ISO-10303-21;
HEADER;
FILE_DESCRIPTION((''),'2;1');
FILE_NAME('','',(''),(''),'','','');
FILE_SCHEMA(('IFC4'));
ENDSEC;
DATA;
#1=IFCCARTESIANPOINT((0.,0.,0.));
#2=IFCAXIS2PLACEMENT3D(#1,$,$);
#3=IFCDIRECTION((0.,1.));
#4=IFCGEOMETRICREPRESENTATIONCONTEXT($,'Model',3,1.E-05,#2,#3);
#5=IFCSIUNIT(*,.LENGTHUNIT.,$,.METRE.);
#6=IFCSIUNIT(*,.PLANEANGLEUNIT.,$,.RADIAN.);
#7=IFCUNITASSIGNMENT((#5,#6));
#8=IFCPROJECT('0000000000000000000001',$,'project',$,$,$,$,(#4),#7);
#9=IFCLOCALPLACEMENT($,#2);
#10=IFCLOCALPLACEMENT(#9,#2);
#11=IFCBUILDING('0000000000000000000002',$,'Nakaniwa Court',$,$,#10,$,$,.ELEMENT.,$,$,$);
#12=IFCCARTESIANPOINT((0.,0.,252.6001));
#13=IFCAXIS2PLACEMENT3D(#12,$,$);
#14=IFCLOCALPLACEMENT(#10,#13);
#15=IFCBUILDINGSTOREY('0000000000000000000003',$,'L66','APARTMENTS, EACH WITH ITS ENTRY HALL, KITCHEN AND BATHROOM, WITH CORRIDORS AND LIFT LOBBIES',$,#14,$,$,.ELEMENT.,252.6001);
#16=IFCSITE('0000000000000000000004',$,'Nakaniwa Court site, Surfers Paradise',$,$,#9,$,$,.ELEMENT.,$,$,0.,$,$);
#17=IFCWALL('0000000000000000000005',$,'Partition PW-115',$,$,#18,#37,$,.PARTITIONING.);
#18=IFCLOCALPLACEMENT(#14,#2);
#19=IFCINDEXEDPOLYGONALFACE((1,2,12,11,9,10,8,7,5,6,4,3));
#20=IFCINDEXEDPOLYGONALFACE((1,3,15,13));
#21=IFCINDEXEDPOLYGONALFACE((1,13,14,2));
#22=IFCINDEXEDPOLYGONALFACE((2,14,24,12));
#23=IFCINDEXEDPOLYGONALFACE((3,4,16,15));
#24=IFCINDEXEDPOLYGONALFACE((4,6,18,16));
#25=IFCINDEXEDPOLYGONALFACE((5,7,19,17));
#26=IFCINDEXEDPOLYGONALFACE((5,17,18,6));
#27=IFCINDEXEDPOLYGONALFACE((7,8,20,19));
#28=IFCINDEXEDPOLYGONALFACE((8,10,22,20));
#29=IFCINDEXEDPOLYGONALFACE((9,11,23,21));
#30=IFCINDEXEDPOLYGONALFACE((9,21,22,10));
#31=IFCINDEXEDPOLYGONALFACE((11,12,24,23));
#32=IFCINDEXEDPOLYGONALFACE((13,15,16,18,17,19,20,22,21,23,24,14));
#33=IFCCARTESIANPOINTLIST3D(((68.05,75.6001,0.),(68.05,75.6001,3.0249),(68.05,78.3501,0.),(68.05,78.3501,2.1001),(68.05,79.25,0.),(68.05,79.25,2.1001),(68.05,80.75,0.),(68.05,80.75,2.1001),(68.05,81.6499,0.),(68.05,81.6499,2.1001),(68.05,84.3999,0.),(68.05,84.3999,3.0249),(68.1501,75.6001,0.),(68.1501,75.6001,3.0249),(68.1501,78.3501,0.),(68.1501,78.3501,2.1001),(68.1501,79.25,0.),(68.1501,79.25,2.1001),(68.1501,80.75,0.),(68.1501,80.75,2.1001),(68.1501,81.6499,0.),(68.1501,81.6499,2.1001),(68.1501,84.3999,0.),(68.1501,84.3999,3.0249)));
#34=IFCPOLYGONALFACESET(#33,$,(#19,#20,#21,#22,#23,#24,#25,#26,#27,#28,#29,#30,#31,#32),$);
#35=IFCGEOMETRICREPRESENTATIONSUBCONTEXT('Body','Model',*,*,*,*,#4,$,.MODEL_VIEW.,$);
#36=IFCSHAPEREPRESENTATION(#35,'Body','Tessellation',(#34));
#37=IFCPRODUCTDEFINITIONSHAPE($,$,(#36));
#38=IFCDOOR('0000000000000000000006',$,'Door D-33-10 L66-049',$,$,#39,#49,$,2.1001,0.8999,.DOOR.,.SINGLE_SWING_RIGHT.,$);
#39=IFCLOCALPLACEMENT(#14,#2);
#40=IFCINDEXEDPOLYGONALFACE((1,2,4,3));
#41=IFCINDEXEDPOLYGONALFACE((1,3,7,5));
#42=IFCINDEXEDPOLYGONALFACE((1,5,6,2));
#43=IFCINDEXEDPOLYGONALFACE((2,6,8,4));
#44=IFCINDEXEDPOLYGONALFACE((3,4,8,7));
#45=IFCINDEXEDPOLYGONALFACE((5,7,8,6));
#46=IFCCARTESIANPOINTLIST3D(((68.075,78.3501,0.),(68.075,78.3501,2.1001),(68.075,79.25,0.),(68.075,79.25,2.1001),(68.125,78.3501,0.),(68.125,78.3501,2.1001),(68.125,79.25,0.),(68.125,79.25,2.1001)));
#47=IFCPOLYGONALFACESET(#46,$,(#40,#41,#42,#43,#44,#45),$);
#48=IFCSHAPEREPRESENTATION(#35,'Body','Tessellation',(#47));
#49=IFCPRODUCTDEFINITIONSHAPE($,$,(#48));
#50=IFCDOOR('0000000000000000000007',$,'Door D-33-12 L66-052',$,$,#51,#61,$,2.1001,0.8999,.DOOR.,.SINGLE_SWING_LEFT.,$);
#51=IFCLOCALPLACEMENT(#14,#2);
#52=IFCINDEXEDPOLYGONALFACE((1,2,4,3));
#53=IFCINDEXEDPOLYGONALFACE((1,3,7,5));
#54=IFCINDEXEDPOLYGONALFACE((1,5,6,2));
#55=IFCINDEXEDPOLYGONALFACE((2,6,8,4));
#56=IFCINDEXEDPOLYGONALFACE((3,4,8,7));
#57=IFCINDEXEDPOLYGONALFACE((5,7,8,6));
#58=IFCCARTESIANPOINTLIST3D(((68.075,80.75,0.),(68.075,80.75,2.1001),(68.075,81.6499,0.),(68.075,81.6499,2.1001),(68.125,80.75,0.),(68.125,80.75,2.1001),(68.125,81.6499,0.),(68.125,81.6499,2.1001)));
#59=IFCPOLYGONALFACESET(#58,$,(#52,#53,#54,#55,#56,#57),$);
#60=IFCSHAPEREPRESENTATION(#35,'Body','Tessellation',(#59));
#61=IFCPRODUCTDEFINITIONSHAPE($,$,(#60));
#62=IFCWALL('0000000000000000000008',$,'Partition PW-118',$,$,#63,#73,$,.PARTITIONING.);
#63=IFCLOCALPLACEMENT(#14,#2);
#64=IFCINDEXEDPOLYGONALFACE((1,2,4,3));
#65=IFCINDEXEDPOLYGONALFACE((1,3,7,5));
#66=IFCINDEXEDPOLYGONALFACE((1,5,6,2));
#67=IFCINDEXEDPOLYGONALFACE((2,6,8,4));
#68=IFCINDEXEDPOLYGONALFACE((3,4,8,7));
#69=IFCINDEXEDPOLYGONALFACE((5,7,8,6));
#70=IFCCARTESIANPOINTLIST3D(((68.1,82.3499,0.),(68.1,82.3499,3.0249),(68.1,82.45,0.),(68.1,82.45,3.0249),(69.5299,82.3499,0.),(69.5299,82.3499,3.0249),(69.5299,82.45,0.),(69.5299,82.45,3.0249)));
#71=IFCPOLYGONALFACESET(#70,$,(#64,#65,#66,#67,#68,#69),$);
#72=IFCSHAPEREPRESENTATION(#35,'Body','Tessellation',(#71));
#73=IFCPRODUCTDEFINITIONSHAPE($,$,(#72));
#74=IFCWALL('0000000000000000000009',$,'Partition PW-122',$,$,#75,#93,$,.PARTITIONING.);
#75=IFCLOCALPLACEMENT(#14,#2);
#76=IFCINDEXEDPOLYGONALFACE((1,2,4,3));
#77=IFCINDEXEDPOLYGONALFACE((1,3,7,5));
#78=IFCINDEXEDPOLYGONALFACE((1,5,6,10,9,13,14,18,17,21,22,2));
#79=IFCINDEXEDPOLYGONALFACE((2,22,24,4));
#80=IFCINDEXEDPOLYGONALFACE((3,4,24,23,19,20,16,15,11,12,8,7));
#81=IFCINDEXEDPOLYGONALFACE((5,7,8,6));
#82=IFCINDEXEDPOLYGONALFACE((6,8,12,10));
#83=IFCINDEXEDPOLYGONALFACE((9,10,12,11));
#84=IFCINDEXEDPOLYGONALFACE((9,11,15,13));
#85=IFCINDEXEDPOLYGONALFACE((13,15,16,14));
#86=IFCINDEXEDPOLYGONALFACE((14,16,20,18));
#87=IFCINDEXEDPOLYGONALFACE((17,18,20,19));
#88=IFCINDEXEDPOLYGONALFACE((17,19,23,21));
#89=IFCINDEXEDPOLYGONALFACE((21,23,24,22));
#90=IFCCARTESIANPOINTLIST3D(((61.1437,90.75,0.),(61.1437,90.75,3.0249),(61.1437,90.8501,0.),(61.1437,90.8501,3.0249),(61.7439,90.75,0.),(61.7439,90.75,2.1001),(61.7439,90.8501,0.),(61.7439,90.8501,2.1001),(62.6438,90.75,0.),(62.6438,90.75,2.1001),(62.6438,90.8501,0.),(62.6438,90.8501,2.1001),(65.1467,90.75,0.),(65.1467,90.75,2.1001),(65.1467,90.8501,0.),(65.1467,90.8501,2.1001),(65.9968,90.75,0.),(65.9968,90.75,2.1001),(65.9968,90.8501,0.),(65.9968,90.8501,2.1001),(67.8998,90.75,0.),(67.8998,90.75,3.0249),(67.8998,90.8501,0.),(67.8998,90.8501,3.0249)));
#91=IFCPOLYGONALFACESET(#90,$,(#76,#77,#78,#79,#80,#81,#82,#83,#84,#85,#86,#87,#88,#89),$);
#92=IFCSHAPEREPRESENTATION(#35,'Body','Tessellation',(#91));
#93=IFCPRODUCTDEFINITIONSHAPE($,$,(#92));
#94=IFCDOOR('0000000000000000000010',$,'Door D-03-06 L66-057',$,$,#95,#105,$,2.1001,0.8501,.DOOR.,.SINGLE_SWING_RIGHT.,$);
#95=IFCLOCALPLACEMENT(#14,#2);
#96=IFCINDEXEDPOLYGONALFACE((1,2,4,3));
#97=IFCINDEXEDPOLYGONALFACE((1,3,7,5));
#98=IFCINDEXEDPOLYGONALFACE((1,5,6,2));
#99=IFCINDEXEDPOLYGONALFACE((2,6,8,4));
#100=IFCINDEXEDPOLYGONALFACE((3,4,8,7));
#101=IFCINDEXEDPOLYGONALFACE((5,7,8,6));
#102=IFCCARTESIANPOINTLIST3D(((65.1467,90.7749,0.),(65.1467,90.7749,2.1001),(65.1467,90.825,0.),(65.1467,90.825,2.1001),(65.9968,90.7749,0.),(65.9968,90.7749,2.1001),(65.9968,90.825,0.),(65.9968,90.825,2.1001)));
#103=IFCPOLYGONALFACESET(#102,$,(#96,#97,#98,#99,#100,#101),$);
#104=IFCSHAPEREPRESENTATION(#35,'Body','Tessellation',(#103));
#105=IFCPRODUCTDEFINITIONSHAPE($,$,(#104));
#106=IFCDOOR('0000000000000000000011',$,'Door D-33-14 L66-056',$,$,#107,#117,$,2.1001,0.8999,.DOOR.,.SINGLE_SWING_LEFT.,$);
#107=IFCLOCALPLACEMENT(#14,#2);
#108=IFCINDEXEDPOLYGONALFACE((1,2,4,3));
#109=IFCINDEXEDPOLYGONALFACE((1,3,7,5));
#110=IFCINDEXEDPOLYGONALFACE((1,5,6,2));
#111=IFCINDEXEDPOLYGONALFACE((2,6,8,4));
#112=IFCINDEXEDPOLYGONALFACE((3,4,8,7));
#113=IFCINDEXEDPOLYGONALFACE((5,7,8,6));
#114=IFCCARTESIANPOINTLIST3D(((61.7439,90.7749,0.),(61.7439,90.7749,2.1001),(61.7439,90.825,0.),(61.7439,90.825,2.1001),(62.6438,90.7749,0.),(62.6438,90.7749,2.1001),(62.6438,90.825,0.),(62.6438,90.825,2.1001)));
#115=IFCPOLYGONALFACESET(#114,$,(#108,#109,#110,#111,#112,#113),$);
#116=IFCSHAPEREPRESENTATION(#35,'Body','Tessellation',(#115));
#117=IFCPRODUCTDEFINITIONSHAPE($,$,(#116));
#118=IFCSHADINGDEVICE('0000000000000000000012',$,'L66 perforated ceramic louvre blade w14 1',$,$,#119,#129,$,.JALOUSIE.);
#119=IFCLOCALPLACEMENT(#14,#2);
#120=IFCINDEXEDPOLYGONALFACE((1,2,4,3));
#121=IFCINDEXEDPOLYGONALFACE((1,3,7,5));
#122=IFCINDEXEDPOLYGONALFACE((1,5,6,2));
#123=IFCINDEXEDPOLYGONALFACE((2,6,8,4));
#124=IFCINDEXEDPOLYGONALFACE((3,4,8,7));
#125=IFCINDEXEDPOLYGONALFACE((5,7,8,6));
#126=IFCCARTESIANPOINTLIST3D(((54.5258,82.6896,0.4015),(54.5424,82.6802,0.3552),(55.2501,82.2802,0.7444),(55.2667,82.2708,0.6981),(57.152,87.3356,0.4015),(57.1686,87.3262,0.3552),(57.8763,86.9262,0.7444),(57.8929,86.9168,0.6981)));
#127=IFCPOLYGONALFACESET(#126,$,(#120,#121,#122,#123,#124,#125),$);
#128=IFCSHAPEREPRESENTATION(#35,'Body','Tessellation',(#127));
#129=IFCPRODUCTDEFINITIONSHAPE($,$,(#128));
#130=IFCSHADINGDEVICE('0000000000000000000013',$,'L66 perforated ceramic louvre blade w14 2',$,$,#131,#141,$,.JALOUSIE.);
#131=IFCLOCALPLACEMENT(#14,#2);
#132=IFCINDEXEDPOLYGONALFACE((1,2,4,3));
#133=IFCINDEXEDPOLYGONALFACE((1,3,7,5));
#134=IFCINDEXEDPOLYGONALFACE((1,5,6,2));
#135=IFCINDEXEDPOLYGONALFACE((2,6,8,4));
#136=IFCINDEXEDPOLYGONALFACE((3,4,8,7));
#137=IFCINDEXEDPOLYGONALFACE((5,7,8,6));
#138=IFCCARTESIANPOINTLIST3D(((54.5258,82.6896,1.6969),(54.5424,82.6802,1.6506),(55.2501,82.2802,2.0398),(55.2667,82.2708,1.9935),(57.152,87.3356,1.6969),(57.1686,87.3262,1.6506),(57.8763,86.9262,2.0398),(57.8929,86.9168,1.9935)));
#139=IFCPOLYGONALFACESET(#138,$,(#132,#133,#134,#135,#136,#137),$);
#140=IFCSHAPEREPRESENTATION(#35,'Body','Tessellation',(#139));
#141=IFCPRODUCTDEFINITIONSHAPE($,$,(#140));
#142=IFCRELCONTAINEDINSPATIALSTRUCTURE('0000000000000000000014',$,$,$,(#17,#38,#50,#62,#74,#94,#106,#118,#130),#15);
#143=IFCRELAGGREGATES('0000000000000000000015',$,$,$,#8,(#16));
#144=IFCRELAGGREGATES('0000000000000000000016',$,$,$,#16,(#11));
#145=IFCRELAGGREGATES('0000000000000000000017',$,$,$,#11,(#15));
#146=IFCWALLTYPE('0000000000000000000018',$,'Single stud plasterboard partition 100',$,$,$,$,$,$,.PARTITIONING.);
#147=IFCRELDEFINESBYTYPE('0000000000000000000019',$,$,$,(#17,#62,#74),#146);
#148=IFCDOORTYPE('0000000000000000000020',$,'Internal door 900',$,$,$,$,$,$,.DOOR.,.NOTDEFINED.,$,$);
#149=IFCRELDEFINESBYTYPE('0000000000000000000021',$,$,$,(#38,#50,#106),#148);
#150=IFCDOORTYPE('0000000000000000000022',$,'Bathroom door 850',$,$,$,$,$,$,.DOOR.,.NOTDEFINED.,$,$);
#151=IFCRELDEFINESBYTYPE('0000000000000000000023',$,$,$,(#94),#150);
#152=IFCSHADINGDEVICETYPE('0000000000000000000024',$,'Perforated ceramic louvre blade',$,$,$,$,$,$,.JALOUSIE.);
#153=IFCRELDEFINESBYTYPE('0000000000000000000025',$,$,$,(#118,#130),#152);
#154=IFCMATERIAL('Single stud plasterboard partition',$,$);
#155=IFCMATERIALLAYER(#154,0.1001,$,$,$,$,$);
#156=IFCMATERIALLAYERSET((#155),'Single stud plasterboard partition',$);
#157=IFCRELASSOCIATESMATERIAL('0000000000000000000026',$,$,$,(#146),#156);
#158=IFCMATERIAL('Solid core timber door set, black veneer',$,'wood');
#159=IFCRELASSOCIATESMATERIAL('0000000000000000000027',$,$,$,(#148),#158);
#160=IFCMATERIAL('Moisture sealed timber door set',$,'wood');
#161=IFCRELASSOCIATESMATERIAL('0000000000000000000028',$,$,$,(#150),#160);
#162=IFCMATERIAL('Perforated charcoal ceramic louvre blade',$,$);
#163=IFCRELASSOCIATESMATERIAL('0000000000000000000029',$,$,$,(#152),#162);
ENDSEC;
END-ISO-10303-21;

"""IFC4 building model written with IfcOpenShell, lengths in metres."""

from ifc_helpers import new_model, si_unit, direction, frame, frame_2d, origin, origin_2d, place, context, subcontext, project, spatial, rectangle, extrude, material, layer, layer_set, material_profile, profile_set, type_object, element, fill, save


model = new_model("IFC4")

# Units and contexts
model_context = context("Model", 3, precision=1e-05, world=origin(), true_north=direction((0.0, 1.0)))
body_context = subcontext(model_context, "Body", "Model", "MODEL_VIEW")
ifc_project = project(units=[si_unit("LENGTHUNIT", "METRE"), si_unit("PLANEANGLEUNIT", "RADIAN")], contexts=[model_context])

# Site, building, storey
site_placement = place(None, origin())
site = spatial("IfcSite", under=ifc_project, at=site_placement, Name="Nakaniwa Court site, Surfers Paradise", CompositionType="ELEMENT", RefElevation=0.0)
building_placement = place(site_placement, origin())
building = spatial("IfcBuilding", under=site, at=building_placement, Name="Nakaniwa Court", CompositionType="ELEMENT")
storey_placement = place(building_placement, frame((0.0, 0.0, 252.6001)))
storey = spatial("IfcBuildingStorey", under=building, at=storey_placement, Name="L66", Description="APARTMENTS, EACH WITH ITS ENTRY HALL, KITCHEN AND BATHROOM, WITH CORRIDORS AND LIFT LOBBIES", CompositionType="ELEMENT", Elevation=252.6001)

# Wall, openings, doors
ifc_material_1 = material(Name="Single stud plasterboard partition")
ifc_layer_1 = layer(ifc_material_1, 0.1001)
ifc_layer_set_1 = layer_set([ifc_layer_1], Name="Single stud plasterboard partition")
wall_type_1 = type_object("IfcWallType", Name="Single stud plasterboard partition 100", PredefinedType="PARTITIONING", material=ifc_layer_set_1)
wall_1_placement = place(storey_placement, frame((68.1001, 84.3999, 0.0), z_axis=(0.0, 0.0, 1.0), x_axis=(0.0, -1.0, 0.0)))
wall_1 = element("IfcWall", 1, at=wall_1_placement, inside=storey, type_object=wall_type_1, Name="Partition PW-115", PredefinedType="PARTITIONING", context=body_context, shape_type="SweptSolid", body=[
    extrude(rectangle(XDim=8.7998, YDim=0.1001, at=frame_2d((4.3999, 0.0))), origin(), (0.0, 0.0, 1.0), 3.0249),
])
opening_1_placement = place(wall_1_placement, frame((5.1499, 0.0, 0.0)))
opening_1 = element("IfcOpeningElement", 2, at=opening_1_placement, cuts=wall_1, PredefinedType="OPENING", context=body_context, shape_type="SweptSolid", body=[
    extrude(rectangle(XDim=0.8999, YDim=2.1001, at=frame_2d((0.45, 1.05))), frame((0.0, 0.0601, 0.0), z_axis=(0.0, -1.0, 0.0), x_axis=(1.0, 0.0, 0.0)), (0.0, 0.0, 1.0), 0.1201),
])
opening_2_placement = place(wall_1_placement, frame((2.75, 0.0, 0.0)))
opening_2 = element("IfcOpeningElement", 3, at=opening_2_placement, cuts=wall_1, PredefinedType="OPENING", context=body_context, shape_type="SweptSolid", body=[
    extrude(rectangle(XDim=0.8999, YDim=2.1001, at=frame_2d((0.45, 1.05))), frame((0.0, 0.0601, 0.0), z_axis=(0.0, -1.0, 0.0), x_axis=(1.0, 0.0, 0.0)), (0.0, 0.0, 1.0), 0.1201),
])
ifc_material_2 = material(Name="Solid core timber door set, black veneer", Category="wood")
door_type_1 = type_object("IfcDoorType", Name="Internal door 900", OperationType="NOTDEFINED", PredefinedType="DOOR", material=ifc_material_2)
door_1_placement = place(opening_1_placement, origin())
door_1 = element("IfcDoor", 4, at=door_1_placement, inside=storey, type_object=door_type_1, Name="Door D-33-10 L66-049", OperationType="SINGLE_SWING_RIGHT", OverallHeight=2.1001, OverallWidth=0.8999, PredefinedType="DOOR", context=body_context, shape_type="SweptSolid", body=[
    extrude(rectangle(XDim=0.8999, YDim=2.1001, at=frame_2d((0.45, 1.05))), frame((0.0, 0.0249, 0.0), z_axis=(0.0, -1.0, 0.0), x_axis=(1.0, 0.0, 0.0)), (0.0, 0.0, 1.0), 0.05),
])
fill(opening_1, door_1)
door_2_placement = place(opening_2_placement, origin())
door_2 = element("IfcDoor", 5, at=door_2_placement, inside=storey, type_object=door_type_1, Name="Door D-33-12 L66-052", OperationType="SINGLE_SWING_LEFT", OverallHeight=2.1001, OverallWidth=0.8999, PredefinedType="DOOR", context=body_context, shape_type="SweptSolid", body=[
    extrude(rectangle(XDim=0.8999, YDim=2.1001, at=frame_2d((0.45, 1.05))), frame((0.0, 0.0249, 0.0), z_axis=(0.0, -1.0, 0.0), x_axis=(1.0, 0.0, 0.0)), (0.0, 0.0, 1.0), 0.05),
])
fill(opening_2, door_2)

# Wall
wall_2_placement = place(storey_placement, frame((68.1001, 82.3999, 0.0), z_axis=(0.0, 0.0, 1.0), x_axis=(1.0, 0.0, 0.0)))
element("IfcWall", 6, at=wall_2_placement, inside=storey, type_object=wall_type_1, Name="Partition PW-118", PredefinedType="PARTITIONING", context=body_context, shape_type="SweptSolid", body=[
    extrude(rectangle(XDim=1.4299, YDim=0.1001, at=frame_2d((0.7148, 0.0))), origin(), (0.0, 0.0, 1.0), 3.0249),
])

# Wall, openings, doors
wall_3_placement = place(storey_placement, frame((61.1438, 90.8, 0.0), z_axis=(0.0, 0.0, 1.0), x_axis=(1.0, 0.0, 0.0)))
wall_3 = element("IfcWall", 7, at=wall_3_placement, inside=storey, type_object=wall_type_1, Name="Partition PW-122", PredefinedType="PARTITIONING", context=body_context, shape_type="SweptSolid", body=[
    extrude(rectangle(XDim=6.7561, YDim=0.1001, at=frame_2d((3.3779, 0.0))), origin(), (0.0, 0.0, 1.0), 3.0249),
])
opening_3_placement = place(wall_3_placement, frame((0.6001, 0.0, 0.0)))
opening_3 = element("IfcOpeningElement", 8, at=opening_3_placement, cuts=wall_3, PredefinedType="OPENING", context=body_context, shape_type="SweptSolid", body=[
    extrude(rectangle(XDim=0.8999, YDim=2.1001, at=frame_2d((0.45, 1.05))), frame((0.0, 0.0601, 0.0), z_axis=(0.0, -1.0, 0.0), x_axis=(1.0, 0.0, 0.0)), (0.0, 0.0, 1.0), 0.1201),
])
opening_4_placement = place(wall_3_placement, frame((4.0029, 0.0, 0.0)))
opening_4 = element("IfcOpeningElement", 9, at=opening_4_placement, cuts=wall_3, PredefinedType="OPENING", context=body_context, shape_type="SweptSolid", body=[
    extrude(rectangle(XDim=0.8501, YDim=2.1001, at=frame_2d((0.425, 1.05))), frame((0.0, 0.0601, 0.0), z_axis=(0.0, -1.0, 0.0), x_axis=(1.0, 0.0, 0.0)), (0.0, 0.0, 1.0), 0.1201),
])
ifc_material_3 = material(Name="Moisture sealed timber door set", Category="wood")
door_type_2 = type_object("IfcDoorType", Name="Bathroom door 850", OperationType="NOTDEFINED", PredefinedType="DOOR", material=ifc_material_3)
door_3_placement = place(opening_4_placement, origin())
door_3 = element("IfcDoor", 10, at=door_3_placement, inside=storey, type_object=door_type_2, Name="Door D-03-06 L66-057", OperationType="SINGLE_SWING_RIGHT", OverallHeight=2.1001, OverallWidth=0.8501, PredefinedType="DOOR", context=body_context, shape_type="SweptSolid", body=[
    extrude(rectangle(XDim=0.8501, YDim=2.1001, at=frame_2d((0.425, 1.05))), frame((0.0, 0.0249, 0.0), z_axis=(0.0, -1.0, 0.0), x_axis=(1.0, 0.0, 0.0)), (0.0, 0.0, 1.0), 0.05),
])
fill(opening_4, door_3)
door_4_placement = place(opening_3_placement, origin())
door_4 = element("IfcDoor", 11, at=door_4_placement, inside=storey, type_object=door_type_1, Name="Door D-33-14 L66-056", OperationType="SINGLE_SWING_LEFT", OverallHeight=2.1001, OverallWidth=0.8999, PredefinedType="DOOR", context=body_context, shape_type="SweptSolid", body=[
    extrude(rectangle(XDim=0.8999, YDim=2.1001, at=frame_2d((0.45, 1.05))), frame((0.0, 0.0249, 0.0), z_axis=(0.0, -1.0, 0.0), x_axis=(1.0, 0.0, 0.0)), (0.0, 0.0, 1.0), 0.05),
])
fill(opening_3, door_4)

# Shading devices
ifc_material_4 = material(Name="Perforated charcoal ceramic louvre blade")
ifc_material_profile_1 = material_profile(ifc_material_4, rectangle(XDim=0.8999, YDim=0.05, at=origin_2d()), Name="Perforated ceramic louvre blade")
ifc_profile_set_1 = profile_set([ifc_material_profile_1], Name="Perforated charcoal ceramic louvre blade")
shading_device_type = type_object("IfcShadingDeviceType", Name="Perforated ceramic louvre blade", PredefinedType="JALOUSIE", material=ifc_profile_set_1)
for number, where, z_axis, x_axis, name in (
    (12, (57.5225, 87.1262, 0.5498), (-0.492089, -0.870545, 0.0), (0.804859, -0.454959, 0.38107), "L66 perforated ceramic louvre blade w14 1"),
    (13, (57.5225, 87.1262, 1.8452), (-0.492089, -0.870545, 0.0), (0.804859, -0.454959, 0.38107), "L66 perforated ceramic louvre blade w14 2"),
):
    element("IfcShadingDevice", number, at=place(storey_placement, frame(where, z_axis=z_axis, x_axis=x_axis)), inside=storey, type_object=shading_device_type, Name=name, PredefinedType="JALOUSIE", context=body_context, shape_type="SweptSolid", body=[
        extrude(rectangle(XDim=0.8999, YDim=0.05, at=origin_2d()), origin(), (0.0, 0.0, 1.0), 5.3369),
    ])

save(model, "model.ifc")
